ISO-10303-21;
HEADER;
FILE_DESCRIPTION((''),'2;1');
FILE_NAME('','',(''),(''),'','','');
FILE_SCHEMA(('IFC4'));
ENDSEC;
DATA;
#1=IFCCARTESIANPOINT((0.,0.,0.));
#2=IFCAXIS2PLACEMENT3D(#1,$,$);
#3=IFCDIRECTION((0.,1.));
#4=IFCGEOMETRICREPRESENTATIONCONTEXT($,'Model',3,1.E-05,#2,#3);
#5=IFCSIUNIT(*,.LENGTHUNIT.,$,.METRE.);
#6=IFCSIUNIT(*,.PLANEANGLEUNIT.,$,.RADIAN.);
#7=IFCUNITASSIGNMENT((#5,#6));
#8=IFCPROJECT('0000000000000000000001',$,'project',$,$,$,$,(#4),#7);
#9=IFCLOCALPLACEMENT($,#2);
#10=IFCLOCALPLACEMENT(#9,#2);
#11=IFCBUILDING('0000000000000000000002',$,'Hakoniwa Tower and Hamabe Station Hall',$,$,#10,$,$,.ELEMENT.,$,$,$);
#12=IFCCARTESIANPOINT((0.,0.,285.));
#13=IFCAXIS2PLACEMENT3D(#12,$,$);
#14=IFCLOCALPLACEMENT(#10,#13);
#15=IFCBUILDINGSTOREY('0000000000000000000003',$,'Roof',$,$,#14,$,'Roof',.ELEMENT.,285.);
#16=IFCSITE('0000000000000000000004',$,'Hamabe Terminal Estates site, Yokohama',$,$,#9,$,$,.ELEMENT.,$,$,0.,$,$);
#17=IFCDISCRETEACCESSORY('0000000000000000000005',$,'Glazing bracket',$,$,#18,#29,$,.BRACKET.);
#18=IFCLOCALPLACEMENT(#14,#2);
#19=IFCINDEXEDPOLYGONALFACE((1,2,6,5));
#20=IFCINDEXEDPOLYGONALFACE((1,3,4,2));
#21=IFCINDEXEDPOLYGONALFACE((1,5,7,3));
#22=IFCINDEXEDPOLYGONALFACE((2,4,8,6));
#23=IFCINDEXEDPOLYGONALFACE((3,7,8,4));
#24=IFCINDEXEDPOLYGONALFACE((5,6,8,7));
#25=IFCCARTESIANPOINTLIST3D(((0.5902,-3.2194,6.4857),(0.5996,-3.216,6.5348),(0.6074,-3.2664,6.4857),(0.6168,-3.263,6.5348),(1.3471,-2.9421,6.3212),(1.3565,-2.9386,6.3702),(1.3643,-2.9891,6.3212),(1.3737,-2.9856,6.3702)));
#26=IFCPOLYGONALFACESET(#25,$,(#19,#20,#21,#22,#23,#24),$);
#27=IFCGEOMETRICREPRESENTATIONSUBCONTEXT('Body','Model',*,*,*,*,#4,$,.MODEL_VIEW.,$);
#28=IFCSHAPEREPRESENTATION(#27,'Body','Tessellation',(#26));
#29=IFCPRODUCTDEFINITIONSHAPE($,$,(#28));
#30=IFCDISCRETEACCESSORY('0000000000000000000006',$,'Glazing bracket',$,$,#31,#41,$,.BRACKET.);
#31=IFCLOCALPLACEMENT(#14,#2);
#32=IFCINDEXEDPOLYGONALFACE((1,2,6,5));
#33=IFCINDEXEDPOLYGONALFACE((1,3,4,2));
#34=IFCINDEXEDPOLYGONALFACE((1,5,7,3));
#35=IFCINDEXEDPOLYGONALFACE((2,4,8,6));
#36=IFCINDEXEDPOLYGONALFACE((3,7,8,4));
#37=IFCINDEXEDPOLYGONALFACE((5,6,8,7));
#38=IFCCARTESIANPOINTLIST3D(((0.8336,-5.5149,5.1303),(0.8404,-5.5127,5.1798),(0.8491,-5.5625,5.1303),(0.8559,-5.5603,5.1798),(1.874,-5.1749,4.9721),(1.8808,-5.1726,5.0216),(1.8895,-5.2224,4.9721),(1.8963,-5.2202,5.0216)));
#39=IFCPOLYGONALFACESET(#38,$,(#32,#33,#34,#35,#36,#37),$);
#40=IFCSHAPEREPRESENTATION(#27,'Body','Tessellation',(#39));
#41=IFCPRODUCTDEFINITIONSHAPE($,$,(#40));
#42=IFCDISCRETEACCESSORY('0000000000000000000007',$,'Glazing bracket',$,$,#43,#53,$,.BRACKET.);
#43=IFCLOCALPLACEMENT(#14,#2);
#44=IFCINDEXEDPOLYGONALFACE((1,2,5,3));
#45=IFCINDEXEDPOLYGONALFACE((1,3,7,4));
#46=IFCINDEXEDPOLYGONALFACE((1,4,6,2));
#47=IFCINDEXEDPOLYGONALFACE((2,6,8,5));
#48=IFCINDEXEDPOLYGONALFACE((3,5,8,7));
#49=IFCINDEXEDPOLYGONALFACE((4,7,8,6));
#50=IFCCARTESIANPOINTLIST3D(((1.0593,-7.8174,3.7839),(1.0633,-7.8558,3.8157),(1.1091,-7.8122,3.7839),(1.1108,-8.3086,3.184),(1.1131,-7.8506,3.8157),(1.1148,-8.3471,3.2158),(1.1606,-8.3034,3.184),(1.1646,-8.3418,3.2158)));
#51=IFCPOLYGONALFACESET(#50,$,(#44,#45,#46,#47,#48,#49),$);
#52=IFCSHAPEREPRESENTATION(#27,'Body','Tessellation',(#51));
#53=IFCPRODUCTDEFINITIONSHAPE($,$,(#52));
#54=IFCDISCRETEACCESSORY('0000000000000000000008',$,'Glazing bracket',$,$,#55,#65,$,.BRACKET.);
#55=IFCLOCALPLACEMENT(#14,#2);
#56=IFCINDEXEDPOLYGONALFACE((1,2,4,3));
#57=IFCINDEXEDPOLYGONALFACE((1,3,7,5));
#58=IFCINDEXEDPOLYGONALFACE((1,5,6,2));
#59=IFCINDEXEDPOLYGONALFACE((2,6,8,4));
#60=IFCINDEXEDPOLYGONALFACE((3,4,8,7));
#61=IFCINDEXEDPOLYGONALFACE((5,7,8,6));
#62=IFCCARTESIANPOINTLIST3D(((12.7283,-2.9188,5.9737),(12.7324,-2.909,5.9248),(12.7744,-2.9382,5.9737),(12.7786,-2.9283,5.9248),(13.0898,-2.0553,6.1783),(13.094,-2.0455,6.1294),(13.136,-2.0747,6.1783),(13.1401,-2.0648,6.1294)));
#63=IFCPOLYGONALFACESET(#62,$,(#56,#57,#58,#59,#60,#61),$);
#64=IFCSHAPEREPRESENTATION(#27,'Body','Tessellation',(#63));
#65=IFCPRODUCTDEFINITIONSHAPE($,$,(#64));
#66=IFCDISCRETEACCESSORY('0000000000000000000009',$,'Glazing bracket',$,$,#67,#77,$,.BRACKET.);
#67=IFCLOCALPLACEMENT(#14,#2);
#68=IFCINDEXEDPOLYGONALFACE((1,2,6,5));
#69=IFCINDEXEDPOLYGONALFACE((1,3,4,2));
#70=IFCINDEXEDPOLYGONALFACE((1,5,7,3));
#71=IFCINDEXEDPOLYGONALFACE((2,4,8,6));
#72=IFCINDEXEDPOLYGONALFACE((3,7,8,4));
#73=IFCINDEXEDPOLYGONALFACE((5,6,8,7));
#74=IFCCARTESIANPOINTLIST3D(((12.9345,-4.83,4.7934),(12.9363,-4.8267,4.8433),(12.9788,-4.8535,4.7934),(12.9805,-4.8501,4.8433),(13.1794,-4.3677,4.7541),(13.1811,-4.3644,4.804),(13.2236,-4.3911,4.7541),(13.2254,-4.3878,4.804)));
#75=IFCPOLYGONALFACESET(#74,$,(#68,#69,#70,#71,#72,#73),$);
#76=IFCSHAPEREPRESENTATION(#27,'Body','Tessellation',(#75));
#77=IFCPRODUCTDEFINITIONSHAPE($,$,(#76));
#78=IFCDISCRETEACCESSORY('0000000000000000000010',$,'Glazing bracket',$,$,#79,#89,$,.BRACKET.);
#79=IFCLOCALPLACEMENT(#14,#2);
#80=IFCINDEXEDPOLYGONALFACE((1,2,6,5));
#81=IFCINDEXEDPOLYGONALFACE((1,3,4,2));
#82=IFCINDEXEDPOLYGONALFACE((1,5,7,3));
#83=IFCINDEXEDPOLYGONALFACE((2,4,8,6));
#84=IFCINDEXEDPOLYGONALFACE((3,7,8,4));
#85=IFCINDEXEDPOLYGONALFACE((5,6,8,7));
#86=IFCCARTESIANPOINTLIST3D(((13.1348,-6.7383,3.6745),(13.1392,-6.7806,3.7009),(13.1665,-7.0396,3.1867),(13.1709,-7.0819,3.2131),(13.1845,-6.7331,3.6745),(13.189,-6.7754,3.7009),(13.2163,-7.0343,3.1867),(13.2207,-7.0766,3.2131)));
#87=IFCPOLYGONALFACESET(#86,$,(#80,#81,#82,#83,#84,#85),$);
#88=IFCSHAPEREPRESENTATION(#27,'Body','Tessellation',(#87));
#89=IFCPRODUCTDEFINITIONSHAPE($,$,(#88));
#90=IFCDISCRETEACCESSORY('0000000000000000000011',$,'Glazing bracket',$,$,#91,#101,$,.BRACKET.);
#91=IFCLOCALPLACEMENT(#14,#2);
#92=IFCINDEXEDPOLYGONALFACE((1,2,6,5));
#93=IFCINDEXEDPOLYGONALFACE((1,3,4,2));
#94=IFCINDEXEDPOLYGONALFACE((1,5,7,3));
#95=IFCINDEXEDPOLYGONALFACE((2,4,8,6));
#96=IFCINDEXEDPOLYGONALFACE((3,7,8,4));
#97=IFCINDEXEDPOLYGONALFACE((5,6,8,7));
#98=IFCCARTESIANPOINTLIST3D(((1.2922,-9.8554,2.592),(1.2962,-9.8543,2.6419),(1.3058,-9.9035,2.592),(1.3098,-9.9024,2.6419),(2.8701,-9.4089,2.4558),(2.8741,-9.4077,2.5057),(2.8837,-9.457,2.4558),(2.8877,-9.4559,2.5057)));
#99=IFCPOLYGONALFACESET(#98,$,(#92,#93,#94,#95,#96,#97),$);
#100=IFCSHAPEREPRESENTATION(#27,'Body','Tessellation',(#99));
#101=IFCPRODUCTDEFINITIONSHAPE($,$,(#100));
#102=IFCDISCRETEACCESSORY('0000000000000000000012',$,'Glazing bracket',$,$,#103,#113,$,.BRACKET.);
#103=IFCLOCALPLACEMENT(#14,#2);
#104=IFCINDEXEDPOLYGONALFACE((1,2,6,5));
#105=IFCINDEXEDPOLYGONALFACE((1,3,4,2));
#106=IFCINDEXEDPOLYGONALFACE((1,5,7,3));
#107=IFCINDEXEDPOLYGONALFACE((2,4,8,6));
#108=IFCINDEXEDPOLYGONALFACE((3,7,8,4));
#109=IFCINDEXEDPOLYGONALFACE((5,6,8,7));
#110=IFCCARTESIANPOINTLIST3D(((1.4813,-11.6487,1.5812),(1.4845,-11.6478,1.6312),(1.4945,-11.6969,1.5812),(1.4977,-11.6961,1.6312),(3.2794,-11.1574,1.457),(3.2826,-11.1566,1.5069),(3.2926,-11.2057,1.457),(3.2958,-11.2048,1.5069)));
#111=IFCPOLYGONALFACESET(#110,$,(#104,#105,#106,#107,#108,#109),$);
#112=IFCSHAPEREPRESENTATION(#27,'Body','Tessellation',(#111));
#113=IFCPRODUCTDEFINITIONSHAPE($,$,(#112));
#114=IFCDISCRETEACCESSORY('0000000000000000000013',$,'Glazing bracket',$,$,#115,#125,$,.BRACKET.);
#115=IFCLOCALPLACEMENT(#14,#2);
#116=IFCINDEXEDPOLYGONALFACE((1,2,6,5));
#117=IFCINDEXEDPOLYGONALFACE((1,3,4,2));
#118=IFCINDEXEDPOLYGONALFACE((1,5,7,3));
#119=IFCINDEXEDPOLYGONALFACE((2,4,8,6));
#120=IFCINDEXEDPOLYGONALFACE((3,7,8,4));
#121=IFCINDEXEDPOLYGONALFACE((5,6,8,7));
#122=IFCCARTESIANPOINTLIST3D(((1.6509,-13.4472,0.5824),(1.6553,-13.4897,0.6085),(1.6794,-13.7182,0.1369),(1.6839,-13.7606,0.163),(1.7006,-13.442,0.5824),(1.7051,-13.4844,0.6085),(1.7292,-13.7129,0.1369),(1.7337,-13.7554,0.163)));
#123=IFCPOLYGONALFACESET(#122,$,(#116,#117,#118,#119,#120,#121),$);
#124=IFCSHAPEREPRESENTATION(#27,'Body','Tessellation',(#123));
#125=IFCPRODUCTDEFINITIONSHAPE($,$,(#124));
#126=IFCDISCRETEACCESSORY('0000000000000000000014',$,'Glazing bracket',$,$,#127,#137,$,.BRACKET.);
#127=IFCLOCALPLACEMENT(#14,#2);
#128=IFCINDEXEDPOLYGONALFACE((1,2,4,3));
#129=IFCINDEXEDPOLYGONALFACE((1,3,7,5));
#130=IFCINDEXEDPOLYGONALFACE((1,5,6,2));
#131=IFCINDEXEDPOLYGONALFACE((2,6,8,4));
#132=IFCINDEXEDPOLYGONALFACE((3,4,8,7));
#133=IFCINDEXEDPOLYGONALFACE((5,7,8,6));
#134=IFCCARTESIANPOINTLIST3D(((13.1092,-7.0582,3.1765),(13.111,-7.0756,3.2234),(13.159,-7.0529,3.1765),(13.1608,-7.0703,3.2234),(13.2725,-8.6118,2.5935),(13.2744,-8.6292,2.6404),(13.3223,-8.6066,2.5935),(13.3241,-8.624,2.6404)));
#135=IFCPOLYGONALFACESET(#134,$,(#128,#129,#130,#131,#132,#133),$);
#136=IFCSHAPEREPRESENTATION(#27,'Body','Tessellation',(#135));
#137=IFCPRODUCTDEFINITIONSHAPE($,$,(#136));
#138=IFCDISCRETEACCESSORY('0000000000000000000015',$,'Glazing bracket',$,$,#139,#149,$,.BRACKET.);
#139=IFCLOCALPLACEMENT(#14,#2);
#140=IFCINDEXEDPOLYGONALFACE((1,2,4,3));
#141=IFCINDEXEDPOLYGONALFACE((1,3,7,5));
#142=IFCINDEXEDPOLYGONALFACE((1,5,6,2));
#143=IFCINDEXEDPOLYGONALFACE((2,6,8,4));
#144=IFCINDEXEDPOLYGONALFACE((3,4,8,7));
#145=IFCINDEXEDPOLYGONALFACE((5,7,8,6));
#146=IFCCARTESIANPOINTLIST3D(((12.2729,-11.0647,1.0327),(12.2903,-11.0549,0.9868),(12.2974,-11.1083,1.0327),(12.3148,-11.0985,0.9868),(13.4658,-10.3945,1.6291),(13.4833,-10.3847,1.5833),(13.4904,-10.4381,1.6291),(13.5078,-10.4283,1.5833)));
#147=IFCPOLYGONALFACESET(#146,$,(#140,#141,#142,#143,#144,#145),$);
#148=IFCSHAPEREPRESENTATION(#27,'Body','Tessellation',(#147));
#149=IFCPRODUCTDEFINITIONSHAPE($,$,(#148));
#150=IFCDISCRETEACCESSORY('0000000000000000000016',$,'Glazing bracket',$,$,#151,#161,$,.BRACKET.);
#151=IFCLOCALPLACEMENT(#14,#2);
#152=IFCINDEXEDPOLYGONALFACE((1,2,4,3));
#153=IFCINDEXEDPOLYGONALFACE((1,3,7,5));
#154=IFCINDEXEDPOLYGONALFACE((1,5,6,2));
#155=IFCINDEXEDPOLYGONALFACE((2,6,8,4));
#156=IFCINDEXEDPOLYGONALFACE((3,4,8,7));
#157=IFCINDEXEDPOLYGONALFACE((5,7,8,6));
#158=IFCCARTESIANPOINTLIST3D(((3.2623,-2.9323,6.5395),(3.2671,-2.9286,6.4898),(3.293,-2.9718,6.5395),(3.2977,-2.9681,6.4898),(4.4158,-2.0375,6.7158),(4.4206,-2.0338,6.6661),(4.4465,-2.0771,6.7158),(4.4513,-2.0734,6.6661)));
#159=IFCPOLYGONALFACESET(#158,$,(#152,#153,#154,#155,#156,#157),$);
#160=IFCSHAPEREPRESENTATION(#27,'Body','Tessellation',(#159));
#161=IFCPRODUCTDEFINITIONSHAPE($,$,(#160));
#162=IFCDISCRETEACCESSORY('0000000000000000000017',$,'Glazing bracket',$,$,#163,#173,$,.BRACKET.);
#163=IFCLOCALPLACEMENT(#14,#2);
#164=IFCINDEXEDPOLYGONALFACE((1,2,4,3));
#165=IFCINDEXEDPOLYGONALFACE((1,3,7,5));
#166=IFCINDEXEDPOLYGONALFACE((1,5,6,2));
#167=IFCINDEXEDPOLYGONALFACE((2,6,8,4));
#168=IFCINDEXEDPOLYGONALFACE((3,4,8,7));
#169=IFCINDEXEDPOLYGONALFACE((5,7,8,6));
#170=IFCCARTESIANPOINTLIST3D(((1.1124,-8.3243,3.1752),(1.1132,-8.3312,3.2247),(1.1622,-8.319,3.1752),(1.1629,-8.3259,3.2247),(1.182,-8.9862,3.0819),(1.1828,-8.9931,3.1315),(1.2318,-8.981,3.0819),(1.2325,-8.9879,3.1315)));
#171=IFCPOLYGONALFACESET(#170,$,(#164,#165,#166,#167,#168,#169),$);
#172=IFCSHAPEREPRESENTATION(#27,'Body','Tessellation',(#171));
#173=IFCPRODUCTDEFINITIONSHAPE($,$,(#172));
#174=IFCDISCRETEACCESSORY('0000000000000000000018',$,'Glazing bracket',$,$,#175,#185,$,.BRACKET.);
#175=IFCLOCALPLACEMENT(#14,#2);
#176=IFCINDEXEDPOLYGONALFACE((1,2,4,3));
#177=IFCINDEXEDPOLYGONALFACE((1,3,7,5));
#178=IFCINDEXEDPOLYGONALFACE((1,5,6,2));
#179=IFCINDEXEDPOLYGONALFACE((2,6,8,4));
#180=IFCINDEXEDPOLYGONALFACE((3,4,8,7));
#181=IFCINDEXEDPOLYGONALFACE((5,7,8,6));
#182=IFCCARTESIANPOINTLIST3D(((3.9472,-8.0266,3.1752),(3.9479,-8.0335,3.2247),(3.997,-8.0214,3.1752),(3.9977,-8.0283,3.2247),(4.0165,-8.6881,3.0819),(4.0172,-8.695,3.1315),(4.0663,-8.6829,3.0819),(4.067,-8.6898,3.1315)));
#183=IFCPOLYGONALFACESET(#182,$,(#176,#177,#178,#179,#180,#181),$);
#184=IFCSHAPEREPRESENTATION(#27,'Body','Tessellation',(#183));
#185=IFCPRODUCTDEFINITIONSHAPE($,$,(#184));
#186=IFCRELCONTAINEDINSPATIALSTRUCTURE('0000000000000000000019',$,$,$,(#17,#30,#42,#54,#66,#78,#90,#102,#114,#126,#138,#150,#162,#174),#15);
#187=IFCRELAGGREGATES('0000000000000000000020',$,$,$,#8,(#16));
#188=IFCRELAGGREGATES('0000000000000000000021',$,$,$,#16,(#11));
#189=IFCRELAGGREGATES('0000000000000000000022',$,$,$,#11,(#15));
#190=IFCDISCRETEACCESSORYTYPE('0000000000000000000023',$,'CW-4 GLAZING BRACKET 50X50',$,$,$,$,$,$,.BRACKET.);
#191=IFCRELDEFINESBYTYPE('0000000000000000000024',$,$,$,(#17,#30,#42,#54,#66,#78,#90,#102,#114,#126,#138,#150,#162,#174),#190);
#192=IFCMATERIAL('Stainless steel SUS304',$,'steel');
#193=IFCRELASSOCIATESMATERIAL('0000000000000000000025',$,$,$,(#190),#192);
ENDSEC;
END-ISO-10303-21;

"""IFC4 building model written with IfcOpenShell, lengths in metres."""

from ifc_helpers import new_model, si_unit, direction, frame, origin, origin_2d, place, context, subcontext, project, spatial, rectangle, extrude, material, material_profile, profile_set, type_object, element, save


model = new_model("IFC4")

# Units and contexts
model_context = context("Model", 3, precision=1e-05, world=origin(), true_north=direction((0.0, 1.0)))
body_context = subcontext(model_context, "Body", "Model", "MODEL_VIEW")
ifc_project = project(units=[si_unit("LENGTHUNIT", "METRE"), si_unit("PLANEANGLEUNIT", "RADIAN")], contexts=[model_context])

# Site, building, storey
site_placement = place(None, origin())
site = spatial("IfcSite", under=ifc_project, at=site_placement, Name="Hamabe Terminal Estates site, Yokohama", CompositionType="ELEMENT", RefElevation=0.0)
building_placement = place(site_placement, origin())
building = spatial("IfcBuilding", under=site, at=building_placement, Name="Hakoniwa Tower and Hamabe Station Hall", CompositionType="ELEMENT")
storey_placement = place(building_placement, frame((0.0, 0.0, 285.0)))
storey = spatial("IfcBuildingStorey", under=building, at=storey_placement, Name="Roof", LongName="Roof", CompositionType="ELEMENT", Elevation=285.0)

# Discrete accessories
ifc_material_1 = material(Name="Stainless steel SUS304", Category="steel")
ifc_material_profile_1 = material_profile(ifc_material_1, rectangle(XDim=0.05, YDim=0.05, at=origin_2d()), Name="CW-4 GLAZING BRACKET 50X50")
ifc_profile_set_1 = profile_set([ifc_material_profile_1], Name="Stainless steel SUS304")
discrete_accessory_type = type_object("IfcDiscreteAccessoryType", Name="CW-4 GLAZING BRACKET 50X50", PredefinedType="BRACKET", material=ifc_profile_set_1)
discrete_accessory_1_placement = place(storey_placement, frame((0.6035, -3.2412, 6.5103), z_axis=(0.919967, 0.337124, -0.200019), x_axis=(-0.344077, 0.938942, 0.0)))
element("IfcDiscreteAccessory", 1, at=discrete_accessory_1_placement, inside=storey, type_object=discrete_accessory_type, Name="Glazing bracket", PredefinedType="BRACKET", context=body_context, shape_type="SweptSolid", body=[
    extrude(rectangle(XDim=0.05, YDim=0.05, at=origin_2d()), origin(), (0.0, 0.0, 1.0), 0.8228),
])
discrete_accessory_2_placement = place(storey_placement, frame((0.8447, -5.5376, 5.155), z_axis=(0.940745, 0.307475, -0.143032), x_axis=(-0.310669, 0.950518, 0.0)))
element("IfcDiscreteAccessory", 2, at=discrete_accessory_2_placement, inside=storey, type_object=discrete_accessory_type, Name="Glazing bracket", PredefinedType="BRACKET", context=body_context, shape_type="SweptSolid", body=[
    extrude(rectangle(XDim=0.05, YDim=0.05, at=origin_2d()), origin(), (0.0, 0.0, 1.0), 1.106),
])
discrete_accessory_3_placement = place(storey_placement, frame((1.0862, -7.834, 3.7998), z_axis=(0.066296, -0.63217, -0.771989), x_axis=(0.994546, 0.104299, 0.0)))
element("IfcDiscreteAccessory", 3, at=discrete_accessory_3_placement, inside=storey, type_object=discrete_accessory_type, Name="Glazing bracket", PredefinedType="BRACKET", context=body_context, shape_type="SweptSolid", body=[
    extrude(rectangle(XDim=0.05, YDim=0.05, at=origin_2d()), origin(), (0.0, 0.0, 1.0), 0.7771),
])
discrete_accessory_4_placement = place(storey_placement, frame((12.7534, -2.9236, 5.9492), z_axis=(0.377321, 0.901136, 0.213501), x_axis=(-0.922404, 0.386226, 0.0)))
element("IfcDiscreteAccessory", 4, at=discrete_accessory_4_placement, inside=storey, type_object=discrete_accessory_type, Name="Glazing bracket", PredefinedType="BRACKET", context=body_context, shape_type="SweptSolid", body=[
    extrude(rectangle(XDim=0.05, YDim=0.05, at=origin_2d()), origin(), (0.0, 0.0, 1.0), 0.9583),
])
discrete_accessory_5_placement = place(storey_placement, frame((12.9575, -4.8401, 4.8184), z_axis=(0.46668, 0.881248, -0.074911), x_axis=(-0.883731, 0.467995, 0.0)))
element("IfcDiscreteAccessory", 5, at=discrete_accessory_5_placement, inside=storey, type_object=discrete_accessory_type, Name="Glazing bracket", PredefinedType="BRACKET", context=body_context, shape_type="SweptSolid", body=[
    extrude(rectangle(XDim=0.05, YDim=0.05, at=origin_2d()), origin(), (0.0, 0.0, 1.0), 0.5247),
])
discrete_accessory_6_placement = place(storey_placement, frame((13.1619, -6.7568, 3.6877), z_axis=(0.055273, -0.524671, -0.849509), x_axis=(0.994497, 0.104769, 0.0)))
element("IfcDiscreteAccessory", 6, at=discrete_accessory_6_placement, inside=storey, type_object=discrete_accessory_type, Name="Glazing bracket", PredefinedType="BRACKET", context=body_context, shape_type="SweptSolid", body=[
    extrude(rectangle(XDim=0.05, YDim=0.05, at=origin_2d()), origin(), (0.0, 0.0, 1.0), 0.5742),
])
discrete_accessory_7_placement = place(storey_placement, frame((1.301, -9.8789, 2.6169), z_axis=(0.958909, 0.271367, -0.08279), x_axis=(-0.272302, 0.962212, 0.0)))
element("IfcDiscreteAccessory", 7, at=discrete_accessory_7_placement, inside=storey, type_object=discrete_accessory_type, Name="Glazing bracket", PredefinedType="BRACKET", context=body_context, shape_type="SweptSolid", body=[
    extrude(rectangle(XDim=0.05, YDim=0.05, at=origin_2d()), origin(), (0.0, 0.0, 1.0), 1.6455),
])
discrete_accessory_8_placement = place(storey_placement, frame((1.4895, -11.6724, 1.6062), z_axis=(0.962515, 0.262944, -0.06652), x_axis=(-0.263527, 0.964652, 0.0)))
element("IfcDiscreteAccessory", 8, at=discrete_accessory_8_placement, inside=storey, type_object=discrete_accessory_type, Name="Glazing bracket", PredefinedType="BRACKET", context=body_context, shape_type="SweptSolid", body=[
    extrude(rectangle(XDim=0.05, YDim=0.05, at=origin_2d()), origin(), (0.0, 0.0, 1.0), 1.8682),
])
discrete_accessory_9_placement = place(storey_placement, frame((1.678, -13.4658, 0.5955), z_axis=(0.054692, -0.518872, -0.853101), x_axis=(0.994491, 0.104825, 0.0)))
element("IfcDiscreteAccessory", 9, at=discrete_accessory_9_placement, inside=storey, type_object=discrete_accessory_type, Name="Glazing bracket", PredefinedType="BRACKET", context=body_context, shape_type="SweptSolid", body=[
    extrude(rectangle(XDim=0.05, YDim=0.05, at=origin_2d()), origin(), (0.0, 0.0, 1.0), 0.5222),
])
discrete_accessory_10_placement = place(storey_placement, frame((13.2983, -8.6179, 2.6169), z_axis=(-0.097948, 0.931755, 0.349628), x_axis=(-0.99452, -0.104546, 0.0)))
element("IfcDiscreteAccessory", 10, at=discrete_accessory_10_placement, inside=storey, type_object=discrete_accessory_type, Name="Glazing bracket", PredefinedType="BRACKET", context=body_context, shape_type="SweptSolid", body=[
    extrude(rectangle(XDim=0.05, YDim=0.05, at=origin_2d()), origin(), (0.0, 0.0, 1.0), 1.6675),
])
discrete_accessory_11_placement = place(storey_placement, frame((13.4868, -10.4114, 1.6062), z_axis=(-0.7992, -0.448998, -0.3996), x_axis=(0.489804, -0.871833, 0.0)))
element("IfcDiscreteAccessory", 11, at=discrete_accessory_11_placement, inside=storey, type_object=discrete_accessory_type, Name="Glazing bracket", PredefinedType="BRACKET", context=body_context, shape_type="SweptSolid", body=[
    extrude(rectangle(XDim=0.05, YDim=0.05, at=origin_2d()), origin(), (0.0, 0.0, 1.0), 1.4927),
])
discrete_accessory_12_placement = place(storey_placement, frame((3.28, -2.9502, 6.5146), z_axis=(0.784465, 0.608479, 0.11987), x_axis=(-0.612898, 0.790162, 0.0)))
element("IfcDiscreteAccessory", 12, at=discrete_accessory_12_placement, inside=storey, type_object=discrete_accessory_type, Name="Glazing bracket", PredefinedType="BRACKET", context=body_context, shape_type="SweptSolid", body=[
    extrude(rectangle(XDim=0.05, YDim=0.05, at=origin_2d()), origin(), (0.0, 0.0, 1.0), 1.4705),
])
discrete_accessory_13_placement = place(storey_placement, frame((1.2073, -8.9871, 3.1067), z_axis=(-0.103539, 0.984896, 0.138779), x_axis=(-0.99452, -0.104551, 0.0)))
element("IfcDiscreteAccessory", 13, at=discrete_accessory_13_placement, inside=storey, type_object=discrete_accessory_type, Name="Glazing bracket", PredefinedType="BRACKET", context=body_context, shape_type="SweptSolid", body=[
    extrude(rectangle(XDim=0.05, YDim=0.05, at=origin_2d()), origin(), (0.0, 0.0, 1.0), 0.6721),
])
discrete_accessory_14_placement = place(storey_placement, frame((4.0417, -8.689, 3.1067), z_axis=(-0.103217, 0.984922, 0.138834), x_axis=(-0.994554, -0.104226, 0.0)))
element("IfcDiscreteAccessory", 14, at=discrete_accessory_14_placement, inside=storey, type_object=discrete_accessory_type, Name="Glazing bracket", PredefinedType="BRACKET", context=body_context, shape_type="SweptSolid", body=[
    extrude(rectangle(XDim=0.05, YDim=0.05, at=origin_2d()), origin(), (0.0, 0.0, 1.0), 0.6716),
])

save(model, "model.ifc")
